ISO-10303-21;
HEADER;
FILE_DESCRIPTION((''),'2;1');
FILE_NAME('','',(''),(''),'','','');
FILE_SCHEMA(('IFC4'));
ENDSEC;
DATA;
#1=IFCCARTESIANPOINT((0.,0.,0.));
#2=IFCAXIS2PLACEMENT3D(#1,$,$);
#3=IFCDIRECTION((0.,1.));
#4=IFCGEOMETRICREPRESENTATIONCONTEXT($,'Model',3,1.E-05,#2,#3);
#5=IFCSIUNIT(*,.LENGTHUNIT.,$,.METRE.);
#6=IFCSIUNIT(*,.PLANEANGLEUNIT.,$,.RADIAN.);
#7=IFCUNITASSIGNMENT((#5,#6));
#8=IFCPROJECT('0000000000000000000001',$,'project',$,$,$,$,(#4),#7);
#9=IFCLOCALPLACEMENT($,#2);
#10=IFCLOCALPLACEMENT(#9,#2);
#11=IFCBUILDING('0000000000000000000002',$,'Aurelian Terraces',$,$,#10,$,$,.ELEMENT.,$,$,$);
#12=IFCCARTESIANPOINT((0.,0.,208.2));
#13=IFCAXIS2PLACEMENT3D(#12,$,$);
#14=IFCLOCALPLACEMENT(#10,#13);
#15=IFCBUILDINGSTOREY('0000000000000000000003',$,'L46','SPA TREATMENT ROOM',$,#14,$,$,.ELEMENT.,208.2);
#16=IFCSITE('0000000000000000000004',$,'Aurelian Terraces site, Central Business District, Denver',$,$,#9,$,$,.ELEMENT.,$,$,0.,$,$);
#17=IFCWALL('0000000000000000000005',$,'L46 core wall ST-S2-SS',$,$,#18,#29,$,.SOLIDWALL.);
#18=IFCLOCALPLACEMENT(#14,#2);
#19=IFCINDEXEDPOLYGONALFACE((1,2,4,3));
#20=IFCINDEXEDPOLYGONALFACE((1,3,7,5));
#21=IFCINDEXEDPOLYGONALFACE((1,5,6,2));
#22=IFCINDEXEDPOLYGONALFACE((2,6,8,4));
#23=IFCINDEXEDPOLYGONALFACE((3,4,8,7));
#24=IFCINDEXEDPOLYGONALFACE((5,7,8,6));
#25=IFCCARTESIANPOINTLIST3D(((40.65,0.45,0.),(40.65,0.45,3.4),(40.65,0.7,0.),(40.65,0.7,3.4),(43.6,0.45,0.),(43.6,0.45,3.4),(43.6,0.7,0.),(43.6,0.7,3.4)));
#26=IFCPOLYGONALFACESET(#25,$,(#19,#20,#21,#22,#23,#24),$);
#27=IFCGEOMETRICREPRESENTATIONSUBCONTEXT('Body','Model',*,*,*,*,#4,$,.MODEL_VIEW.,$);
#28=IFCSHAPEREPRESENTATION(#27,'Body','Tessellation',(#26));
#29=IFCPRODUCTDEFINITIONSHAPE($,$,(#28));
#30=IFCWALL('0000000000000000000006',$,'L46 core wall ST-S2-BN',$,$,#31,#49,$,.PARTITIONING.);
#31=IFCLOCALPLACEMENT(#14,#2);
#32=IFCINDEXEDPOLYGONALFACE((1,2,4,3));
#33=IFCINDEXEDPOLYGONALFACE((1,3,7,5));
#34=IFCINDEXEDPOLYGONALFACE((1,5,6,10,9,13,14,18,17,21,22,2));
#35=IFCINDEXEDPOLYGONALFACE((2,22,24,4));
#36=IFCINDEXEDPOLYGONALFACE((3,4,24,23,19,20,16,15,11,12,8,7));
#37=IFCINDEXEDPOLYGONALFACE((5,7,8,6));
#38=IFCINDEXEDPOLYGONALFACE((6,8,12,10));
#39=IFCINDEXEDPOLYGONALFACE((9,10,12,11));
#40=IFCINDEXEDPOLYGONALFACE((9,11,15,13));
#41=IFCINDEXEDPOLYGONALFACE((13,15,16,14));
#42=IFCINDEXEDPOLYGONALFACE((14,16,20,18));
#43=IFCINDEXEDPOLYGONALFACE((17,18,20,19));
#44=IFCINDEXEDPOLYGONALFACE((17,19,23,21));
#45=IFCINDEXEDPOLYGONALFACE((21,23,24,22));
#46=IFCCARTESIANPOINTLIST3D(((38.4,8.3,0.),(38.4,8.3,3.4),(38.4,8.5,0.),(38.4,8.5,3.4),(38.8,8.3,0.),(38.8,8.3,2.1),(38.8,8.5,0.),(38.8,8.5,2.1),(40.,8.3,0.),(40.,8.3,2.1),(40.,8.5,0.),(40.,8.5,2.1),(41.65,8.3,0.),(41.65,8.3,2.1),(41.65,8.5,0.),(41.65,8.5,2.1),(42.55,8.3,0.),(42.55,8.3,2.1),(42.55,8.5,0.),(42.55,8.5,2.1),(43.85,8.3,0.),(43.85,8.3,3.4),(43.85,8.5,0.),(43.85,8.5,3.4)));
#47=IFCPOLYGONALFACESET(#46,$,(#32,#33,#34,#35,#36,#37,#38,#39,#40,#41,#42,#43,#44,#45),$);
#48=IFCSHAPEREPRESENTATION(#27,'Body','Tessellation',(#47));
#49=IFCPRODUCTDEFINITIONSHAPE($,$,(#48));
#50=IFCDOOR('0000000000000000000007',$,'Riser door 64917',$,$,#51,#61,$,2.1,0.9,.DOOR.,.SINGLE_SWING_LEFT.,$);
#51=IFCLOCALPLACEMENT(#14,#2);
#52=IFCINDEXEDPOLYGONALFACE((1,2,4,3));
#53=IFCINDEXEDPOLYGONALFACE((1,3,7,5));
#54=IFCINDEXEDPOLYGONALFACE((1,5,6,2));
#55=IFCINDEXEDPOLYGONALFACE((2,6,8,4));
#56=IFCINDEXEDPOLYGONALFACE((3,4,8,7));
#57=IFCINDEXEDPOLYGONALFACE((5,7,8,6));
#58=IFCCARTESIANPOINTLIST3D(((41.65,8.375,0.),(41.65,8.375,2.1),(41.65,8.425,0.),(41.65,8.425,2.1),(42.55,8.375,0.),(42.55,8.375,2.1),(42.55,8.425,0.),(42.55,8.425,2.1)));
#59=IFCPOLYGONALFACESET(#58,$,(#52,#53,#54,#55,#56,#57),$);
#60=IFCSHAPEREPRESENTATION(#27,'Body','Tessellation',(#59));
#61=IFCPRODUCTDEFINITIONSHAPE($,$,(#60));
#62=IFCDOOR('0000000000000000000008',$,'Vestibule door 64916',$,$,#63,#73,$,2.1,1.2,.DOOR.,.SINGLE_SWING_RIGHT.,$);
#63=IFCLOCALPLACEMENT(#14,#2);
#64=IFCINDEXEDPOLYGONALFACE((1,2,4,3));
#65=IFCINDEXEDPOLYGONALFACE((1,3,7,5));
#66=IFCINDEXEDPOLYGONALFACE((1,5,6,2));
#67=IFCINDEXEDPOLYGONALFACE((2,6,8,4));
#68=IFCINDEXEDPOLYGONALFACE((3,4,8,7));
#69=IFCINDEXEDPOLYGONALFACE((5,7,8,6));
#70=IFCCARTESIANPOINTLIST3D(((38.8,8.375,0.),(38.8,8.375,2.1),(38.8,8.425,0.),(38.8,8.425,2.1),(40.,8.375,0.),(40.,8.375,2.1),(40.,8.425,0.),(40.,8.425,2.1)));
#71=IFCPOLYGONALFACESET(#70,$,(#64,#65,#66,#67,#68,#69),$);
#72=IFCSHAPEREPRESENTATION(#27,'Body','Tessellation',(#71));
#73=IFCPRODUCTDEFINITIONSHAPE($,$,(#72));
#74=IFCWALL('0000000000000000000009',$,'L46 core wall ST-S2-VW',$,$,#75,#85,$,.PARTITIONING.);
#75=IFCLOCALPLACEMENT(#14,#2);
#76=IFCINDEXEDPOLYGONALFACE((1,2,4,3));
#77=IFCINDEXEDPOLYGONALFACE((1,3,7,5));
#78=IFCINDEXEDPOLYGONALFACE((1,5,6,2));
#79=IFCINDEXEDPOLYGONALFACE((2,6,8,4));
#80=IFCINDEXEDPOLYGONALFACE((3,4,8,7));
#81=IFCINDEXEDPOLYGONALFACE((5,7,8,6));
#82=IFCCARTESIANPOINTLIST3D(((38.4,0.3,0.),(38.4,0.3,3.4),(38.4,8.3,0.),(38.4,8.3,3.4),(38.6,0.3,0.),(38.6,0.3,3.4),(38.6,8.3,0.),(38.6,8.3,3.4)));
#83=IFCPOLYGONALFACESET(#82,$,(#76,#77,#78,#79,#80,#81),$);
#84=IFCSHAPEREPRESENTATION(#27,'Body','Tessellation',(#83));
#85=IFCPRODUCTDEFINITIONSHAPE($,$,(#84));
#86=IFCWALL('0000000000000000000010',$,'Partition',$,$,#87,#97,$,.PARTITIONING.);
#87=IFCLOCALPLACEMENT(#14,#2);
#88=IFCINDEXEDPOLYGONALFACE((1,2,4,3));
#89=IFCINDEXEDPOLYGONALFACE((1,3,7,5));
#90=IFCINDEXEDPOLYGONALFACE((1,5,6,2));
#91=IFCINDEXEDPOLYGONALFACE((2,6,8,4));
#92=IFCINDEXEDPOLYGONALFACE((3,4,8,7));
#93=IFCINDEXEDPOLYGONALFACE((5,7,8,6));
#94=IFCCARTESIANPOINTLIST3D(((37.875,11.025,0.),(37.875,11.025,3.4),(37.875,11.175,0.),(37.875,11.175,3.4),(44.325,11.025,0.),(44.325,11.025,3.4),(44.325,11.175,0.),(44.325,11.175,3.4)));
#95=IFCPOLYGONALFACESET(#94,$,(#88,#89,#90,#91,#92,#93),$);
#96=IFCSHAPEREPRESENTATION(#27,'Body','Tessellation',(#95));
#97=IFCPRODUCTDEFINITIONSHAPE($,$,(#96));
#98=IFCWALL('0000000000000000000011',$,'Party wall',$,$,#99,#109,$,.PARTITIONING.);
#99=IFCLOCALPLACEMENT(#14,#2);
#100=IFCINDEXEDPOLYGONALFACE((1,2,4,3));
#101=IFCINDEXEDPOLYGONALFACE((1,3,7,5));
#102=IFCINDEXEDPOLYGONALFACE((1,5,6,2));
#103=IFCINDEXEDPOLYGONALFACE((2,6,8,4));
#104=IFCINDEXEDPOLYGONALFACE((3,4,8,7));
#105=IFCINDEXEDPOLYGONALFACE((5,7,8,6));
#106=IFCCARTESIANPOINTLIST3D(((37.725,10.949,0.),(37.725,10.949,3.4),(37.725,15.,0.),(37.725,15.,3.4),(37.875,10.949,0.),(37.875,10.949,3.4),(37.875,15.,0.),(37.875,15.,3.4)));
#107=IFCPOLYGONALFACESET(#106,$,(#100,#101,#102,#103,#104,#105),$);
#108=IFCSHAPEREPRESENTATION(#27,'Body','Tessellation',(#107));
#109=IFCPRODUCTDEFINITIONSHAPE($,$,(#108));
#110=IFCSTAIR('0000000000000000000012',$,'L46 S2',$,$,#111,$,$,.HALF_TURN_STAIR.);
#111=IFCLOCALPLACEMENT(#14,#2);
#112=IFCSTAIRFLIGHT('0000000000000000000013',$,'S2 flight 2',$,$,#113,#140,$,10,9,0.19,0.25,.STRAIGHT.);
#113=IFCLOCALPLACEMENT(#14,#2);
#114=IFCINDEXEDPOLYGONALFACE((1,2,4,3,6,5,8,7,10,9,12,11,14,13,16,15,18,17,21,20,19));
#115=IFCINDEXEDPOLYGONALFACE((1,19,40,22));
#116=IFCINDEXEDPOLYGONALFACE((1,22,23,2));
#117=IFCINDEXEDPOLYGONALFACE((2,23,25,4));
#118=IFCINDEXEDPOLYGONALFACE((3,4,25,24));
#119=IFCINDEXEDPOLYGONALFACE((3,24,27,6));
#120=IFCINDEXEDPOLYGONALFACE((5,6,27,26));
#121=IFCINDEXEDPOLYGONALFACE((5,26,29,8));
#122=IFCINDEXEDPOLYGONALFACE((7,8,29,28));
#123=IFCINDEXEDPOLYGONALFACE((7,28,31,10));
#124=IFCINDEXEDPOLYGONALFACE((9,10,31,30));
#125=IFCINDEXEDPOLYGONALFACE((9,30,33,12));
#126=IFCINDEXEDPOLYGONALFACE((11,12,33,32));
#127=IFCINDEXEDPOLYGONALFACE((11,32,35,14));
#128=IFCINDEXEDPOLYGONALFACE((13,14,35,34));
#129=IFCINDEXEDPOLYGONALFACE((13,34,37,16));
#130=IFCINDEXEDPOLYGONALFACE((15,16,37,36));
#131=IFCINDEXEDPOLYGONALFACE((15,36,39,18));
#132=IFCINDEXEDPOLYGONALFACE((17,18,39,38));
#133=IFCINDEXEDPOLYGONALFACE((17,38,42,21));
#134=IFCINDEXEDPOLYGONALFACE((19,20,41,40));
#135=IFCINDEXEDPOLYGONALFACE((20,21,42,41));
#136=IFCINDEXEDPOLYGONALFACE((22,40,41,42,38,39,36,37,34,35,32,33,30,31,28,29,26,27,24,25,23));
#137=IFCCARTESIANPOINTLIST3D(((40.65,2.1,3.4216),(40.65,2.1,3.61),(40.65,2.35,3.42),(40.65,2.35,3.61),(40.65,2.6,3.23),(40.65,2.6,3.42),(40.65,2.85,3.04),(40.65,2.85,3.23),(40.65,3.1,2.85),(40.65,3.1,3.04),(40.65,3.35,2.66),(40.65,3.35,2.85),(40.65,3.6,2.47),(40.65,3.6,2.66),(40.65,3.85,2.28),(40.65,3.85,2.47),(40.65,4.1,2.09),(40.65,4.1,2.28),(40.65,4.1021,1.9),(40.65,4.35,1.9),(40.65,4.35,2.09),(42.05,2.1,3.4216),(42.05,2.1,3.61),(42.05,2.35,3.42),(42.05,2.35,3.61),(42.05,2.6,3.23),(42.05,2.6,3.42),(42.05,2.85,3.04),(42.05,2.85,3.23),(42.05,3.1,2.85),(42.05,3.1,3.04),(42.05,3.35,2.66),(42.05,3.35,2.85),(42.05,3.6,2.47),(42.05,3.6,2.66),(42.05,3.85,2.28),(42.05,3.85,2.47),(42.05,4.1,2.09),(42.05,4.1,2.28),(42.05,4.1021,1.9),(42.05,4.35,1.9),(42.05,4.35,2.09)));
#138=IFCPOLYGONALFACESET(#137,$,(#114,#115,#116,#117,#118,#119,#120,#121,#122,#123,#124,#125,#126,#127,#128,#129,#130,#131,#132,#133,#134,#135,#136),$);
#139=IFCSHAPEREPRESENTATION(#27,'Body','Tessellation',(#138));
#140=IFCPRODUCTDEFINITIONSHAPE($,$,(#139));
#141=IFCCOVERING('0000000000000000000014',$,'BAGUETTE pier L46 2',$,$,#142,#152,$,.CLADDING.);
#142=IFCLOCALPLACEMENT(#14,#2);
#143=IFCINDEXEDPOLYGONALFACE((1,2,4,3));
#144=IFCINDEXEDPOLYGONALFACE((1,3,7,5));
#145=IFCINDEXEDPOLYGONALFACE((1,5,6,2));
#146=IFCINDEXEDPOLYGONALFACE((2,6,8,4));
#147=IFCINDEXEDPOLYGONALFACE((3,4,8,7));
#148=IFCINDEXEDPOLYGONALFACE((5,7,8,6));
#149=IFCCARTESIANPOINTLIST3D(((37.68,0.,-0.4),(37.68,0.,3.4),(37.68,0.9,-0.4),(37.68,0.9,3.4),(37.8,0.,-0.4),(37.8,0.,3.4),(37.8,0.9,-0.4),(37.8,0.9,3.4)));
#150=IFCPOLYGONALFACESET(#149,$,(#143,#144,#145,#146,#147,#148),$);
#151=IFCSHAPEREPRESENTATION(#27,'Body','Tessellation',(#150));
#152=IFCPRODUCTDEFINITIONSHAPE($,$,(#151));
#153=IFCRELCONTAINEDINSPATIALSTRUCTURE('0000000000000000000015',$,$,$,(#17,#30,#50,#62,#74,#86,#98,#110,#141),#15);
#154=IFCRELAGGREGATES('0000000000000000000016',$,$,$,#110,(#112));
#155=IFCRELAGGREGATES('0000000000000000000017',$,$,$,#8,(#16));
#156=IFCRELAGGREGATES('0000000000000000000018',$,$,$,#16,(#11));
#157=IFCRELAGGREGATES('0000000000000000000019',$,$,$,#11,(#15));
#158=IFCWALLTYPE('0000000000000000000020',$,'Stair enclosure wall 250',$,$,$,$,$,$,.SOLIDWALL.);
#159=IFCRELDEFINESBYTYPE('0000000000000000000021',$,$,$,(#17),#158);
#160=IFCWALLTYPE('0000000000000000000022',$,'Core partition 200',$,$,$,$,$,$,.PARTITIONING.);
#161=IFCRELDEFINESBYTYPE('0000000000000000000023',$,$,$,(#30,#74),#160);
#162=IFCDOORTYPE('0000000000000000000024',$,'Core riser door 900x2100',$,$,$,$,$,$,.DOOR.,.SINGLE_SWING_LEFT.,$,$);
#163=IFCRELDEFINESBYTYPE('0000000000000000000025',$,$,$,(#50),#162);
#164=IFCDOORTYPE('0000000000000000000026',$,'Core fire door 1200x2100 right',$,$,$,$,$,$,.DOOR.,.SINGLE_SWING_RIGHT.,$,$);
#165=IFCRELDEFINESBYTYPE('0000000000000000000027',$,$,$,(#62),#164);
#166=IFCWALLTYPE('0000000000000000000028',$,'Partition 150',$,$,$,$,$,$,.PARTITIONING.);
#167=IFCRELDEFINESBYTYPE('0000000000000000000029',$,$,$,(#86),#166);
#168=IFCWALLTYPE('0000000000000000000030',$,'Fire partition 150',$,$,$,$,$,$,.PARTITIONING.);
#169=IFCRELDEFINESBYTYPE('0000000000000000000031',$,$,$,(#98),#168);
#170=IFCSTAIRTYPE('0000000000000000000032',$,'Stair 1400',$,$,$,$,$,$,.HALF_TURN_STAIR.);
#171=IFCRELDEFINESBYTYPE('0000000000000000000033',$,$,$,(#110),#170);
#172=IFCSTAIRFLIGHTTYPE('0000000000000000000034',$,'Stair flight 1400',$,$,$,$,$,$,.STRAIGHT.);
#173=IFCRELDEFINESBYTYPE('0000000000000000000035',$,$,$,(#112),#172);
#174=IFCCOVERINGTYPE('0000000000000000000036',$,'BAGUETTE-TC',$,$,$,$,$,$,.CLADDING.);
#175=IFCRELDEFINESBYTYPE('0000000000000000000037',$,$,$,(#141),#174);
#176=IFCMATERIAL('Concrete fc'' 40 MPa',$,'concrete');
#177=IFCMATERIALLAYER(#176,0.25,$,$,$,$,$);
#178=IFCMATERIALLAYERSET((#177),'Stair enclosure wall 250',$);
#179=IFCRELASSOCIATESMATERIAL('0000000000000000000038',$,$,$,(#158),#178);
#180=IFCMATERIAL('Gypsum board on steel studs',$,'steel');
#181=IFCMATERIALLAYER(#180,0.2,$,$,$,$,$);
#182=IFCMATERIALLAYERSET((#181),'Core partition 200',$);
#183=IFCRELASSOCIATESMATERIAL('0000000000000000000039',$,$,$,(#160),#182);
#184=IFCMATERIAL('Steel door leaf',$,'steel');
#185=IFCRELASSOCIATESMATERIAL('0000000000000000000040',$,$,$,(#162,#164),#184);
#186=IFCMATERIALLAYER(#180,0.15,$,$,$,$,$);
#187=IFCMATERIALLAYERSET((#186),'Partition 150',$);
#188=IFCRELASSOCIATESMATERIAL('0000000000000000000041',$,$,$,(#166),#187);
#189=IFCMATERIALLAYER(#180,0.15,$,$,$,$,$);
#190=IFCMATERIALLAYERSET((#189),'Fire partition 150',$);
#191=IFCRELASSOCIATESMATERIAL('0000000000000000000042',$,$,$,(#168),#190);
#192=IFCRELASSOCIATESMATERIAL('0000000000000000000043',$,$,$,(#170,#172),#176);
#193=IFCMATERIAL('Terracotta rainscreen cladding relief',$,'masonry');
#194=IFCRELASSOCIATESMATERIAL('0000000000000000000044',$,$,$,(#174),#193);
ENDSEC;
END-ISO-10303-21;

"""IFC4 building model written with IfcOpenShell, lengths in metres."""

from ifc_helpers import new_model, si_unit, direction, frame, frame_2d, origin, origin_2d, place, context, subcontext, project, spatial, polyline, rectangle, outline, extrude, source, transform, mapped, material, layer, layer_set, type_object, element, fill, aggregate, save


model = new_model("IFC4")

# Units and contexts
model_context = context("Model", 3, precision=1e-05, world=origin(), true_north=direction((0.0, 1.0)))
body_context = subcontext(model_context, "Body", "Model", "MODEL_VIEW")
ifc_project = project(units=[si_unit("LENGTHUNIT", "METRE"), si_unit("PLANEANGLEUNIT", "RADIAN")], contexts=[model_context])

# Site, building, storey
site_placement = place(None, origin())
site = spatial("IfcSite", under=ifc_project, at=site_placement, Name="Aurelian Terraces site, Central Business District, Denver", CompositionType="ELEMENT", RefElevation=0.0)
building_placement = place(site_placement, origin())
building = spatial("IfcBuilding", under=site, at=building_placement, Name="Aurelian Terraces", CompositionType="ELEMENT")
storey_placement = place(building_placement, frame((0.0, 0.0, 208.2)))
storey = spatial("IfcBuildingStorey", under=building, at=storey_placement, Name="L46", Description="SPA TREATMENT ROOM", CompositionType="ELEMENT", Elevation=208.2)

# Shared definitions
ifc_material_1 = material(Name="Concrete fc' 40 MPa", Category="concrete")

# Shared definitions
ifc_layer_1 = layer(ifc_material_1, 0.25)
ifc_layer_set_1 = layer_set([ifc_layer_1], Name="Stair enclosure wall 250")
wall_type_1 = type_object("IfcWallType", Name="Stair enclosure wall 250", PredefinedType="SOLIDWALL", material=ifc_layer_set_1)
ifc_material_2 = material(Name="Steel door leaf", Category="steel")

# Wall
shared_shape_1 = source(origin(), body_context, "Body", "SweptSolid", [
    extrude(rectangle(XDim=2.95, YDim=0.25, at=frame_2d((1.475, 0.0))), origin(), (0.0, 0.0, 1.0), 3.4),
])
wall_1_placement = place(storey_placement, frame((40.65, 0.575, 0.0), z_axis=(0.0, 0.0, 1.0), x_axis=(1.0, 0.0, 0.0)))
element("IfcWall", 1, at=wall_1_placement, inside=storey, type_object=wall_type_1, Name="L46 core wall ST-S2-SS", PredefinedType="SOLIDWALL", context=body_context, shape_type="MappedRepresentation", body=[
    mapped(shared_shape_1, transform((0.0, 0.0, 0.0), scale=1.0)),
])

# Wall, openings, doors
ifc_material_3 = material(Name="Gypsum board on steel studs", Category="steel")
ifc_layer_2 = layer(ifc_material_3, 0.2)
ifc_layer_set_2 = layer_set([ifc_layer_2], Name="Core partition 200")
wall_type_2 = type_object("IfcWallType", Name="Core partition 200", PredefinedType="PARTITIONING", material=ifc_layer_set_2)
shared_shape_2 = source(origin(), body_context, "Body", "SweptSolid", [
    extrude(rectangle(XDim=5.45, YDim=0.2, at=frame_2d((2.725, 0.0))), origin(), (0.0, 0.0, 1.0), 3.4),
])
wall_2_placement = place(storey_placement, frame((38.4, 8.4, 0.0), z_axis=(0.0, 0.0, 1.0), x_axis=(1.0, 0.0, 0.0)))
wall_2 = element("IfcWall", 2, at=wall_2_placement, inside=storey, type_object=wall_type_2, Name="L46 core wall ST-S2-BN", PredefinedType="PARTITIONING", context=body_context, shape_type="MappedRepresentation", body=[
    mapped(shared_shape_2, transform((0.0, 0.0, 0.0), scale=1.0)),
])
shared_shape_3 = source(origin(), body_context, "Body", "SweptSolid", [
    extrude(rectangle(XDim=1.2, YDim=2.1, at=frame_2d((0.6, 1.05))), frame((0.0, 0.11, 0.0), z_axis=(0.0, -1.0, 0.0), x_axis=(1.0, 0.0, 0.0)), (0.0, 0.0, 1.0), 0.22),
])
opening_1_placement = place(wall_2_placement, frame((0.4, 0.0, 0.0)))
opening_1 = element("IfcOpeningElement", 3, at=opening_1_placement, cuts=wall_2, PredefinedType="OPENING", context=body_context, shape_type="MappedRepresentation", body=[
    mapped(shared_shape_3, transform((0.0, 0.0, 0.0), scale=1.0)),
])
shared_shape_4 = source(origin(), body_context, "Body", "SweptSolid", [
    extrude(rectangle(XDim=0.9, YDim=2.1, at=frame_2d((0.45, 1.05))), frame((0.0, 0.11, 0.0), z_axis=(0.0, -1.0, 0.0), x_axis=(1.0, 0.0, 0.0)), (0.0, 0.0, 1.0), 0.22),
])
opening_2_placement = place(wall_2_placement, frame((3.25, 0.0, 0.0)))
opening_2 = element("IfcOpeningElement", 4, at=opening_2_placement, cuts=wall_2, PredefinedType="OPENING", context=body_context, shape_type="MappedRepresentation", body=[
    mapped(shared_shape_4, transform((0.0, 0.0, 0.0), scale=1.0)),
])
door_type_1 = type_object("IfcDoorType", Name="Core riser door 900x2100", OperationType="SINGLE_SWING_LEFT", PredefinedType="DOOR", material=ifc_material_2)
shared_shape_5 = source(origin(), body_context, "Body", "SweptSolid", [
    extrude(rectangle(XDim=0.9, YDim=2.1, at=frame_2d((0.45, 1.05))), frame((0.0, 0.025, 0.0), z_axis=(0.0, -1.0, 0.0), x_axis=(1.0, 0.0, 0.0)), (0.0, 0.0, 1.0), 0.05),
])
door_1_placement = place(opening_2_placement, origin())
door_1 = element("IfcDoor", 5, at=door_1_placement, inside=storey, type_object=door_type_1, Name="Riser door 64917", OperationType="SINGLE_SWING_LEFT", OverallHeight=2.1, OverallWidth=0.9, PredefinedType="DOOR", context=body_context, shape_type="MappedRepresentation", body=[
    mapped(shared_shape_5, transform((0.0, 0.0, 0.0), scale=1.0)),
])
fill(opening_2, door_1)
door_type_2 = type_object("IfcDoorType", Name="Core fire door 1200x2100 right", OperationType="SINGLE_SWING_RIGHT", PredefinedType="DOOR", material=ifc_material_2)
shared_shape_6 = source(origin(), body_context, "Body", "SweptSolid", [
    extrude(rectangle(XDim=1.2, YDim=2.1, at=frame_2d((0.6, 1.05))), frame((0.0, 0.025, 0.0), z_axis=(0.0, -1.0, 0.0), x_axis=(1.0, 0.0, 0.0)), (0.0, 0.0, 1.0), 0.05),
])
door_2_placement = place(opening_1_placement, origin())
door_2 = element("IfcDoor", 6, at=door_2_placement, inside=storey, type_object=door_type_2, Name="Vestibule door 64916", OperationType="SINGLE_SWING_RIGHT", OverallHeight=2.1, OverallWidth=1.2, PredefinedType="DOOR", context=body_context, shape_type="MappedRepresentation", body=[
    mapped(shared_shape_6, transform((0.0, 0.0, 0.0), scale=1.0)),
])
fill(opening_1, door_2)

# Walls
shared_shape_7 = source(origin(), body_context, "Body", "SweptSolid", [
    extrude(rectangle(XDim=8.0, YDim=0.2, at=frame_2d((4.0, 0.0))), origin(), (0.0, 0.0, 1.0), 3.4),
])
wall_3_placement = place(storey_placement, frame((38.5, 0.3, 0.0), z_axis=(0.0, 0.0, 1.0), x_axis=(0.0, 1.0, 0.0)))
element("IfcWall", 7, at=wall_3_placement, inside=storey, type_object=wall_type_2, Name="L46 core wall ST-S2-VW", PredefinedType="PARTITIONING", context=body_context, shape_type="MappedRepresentation", body=[
    mapped(shared_shape_7, transform((0.0, 0.0, 0.0), scale=1.0)),
])
ifc_layer_3 = layer(ifc_material_3, 0.15)
ifc_layer_set_3 = layer_set([ifc_layer_3], Name="Partition 150")
wall_type_3 = type_object("IfcWallType", Name="Partition 150", PredefinedType="PARTITIONING", material=ifc_layer_set_3)
shared_shape_8 = source(origin(), body_context, "Body", "SweptSolid", [
    extrude(rectangle(XDim=6.45, YDim=0.15, at=frame_2d((3.225, 0.0))), origin(), (0.0, 0.0, 1.0), 3.4),
])
wall_4_placement = place(storey_placement, frame((37.875, 11.1, 0.0), z_axis=(0.0, 0.0, 1.0), x_axis=(1.0, 0.0, 0.0)))
element("IfcWall", 8, at=wall_4_placement, inside=storey, type_object=wall_type_3, Name="Partition", PredefinedType="PARTITIONING", context=body_context, shape_type="MappedRepresentation", body=[
    mapped(shared_shape_8, transform((0.0, 0.0, 0.0), scale=1.0)),
])
ifc_layer_4 = layer(ifc_material_3, 0.15)
ifc_layer_set_4 = layer_set([ifc_layer_4], Name="Fire partition 150")
wall_type_4 = type_object("IfcWallType", Name="Fire partition 150", PredefinedType="PARTITIONING", material=ifc_layer_set_4)
shared_shape_9 = source(origin(), body_context, "Body", "SweptSolid", [
    extrude(rectangle(XDim=4.051, YDim=0.15, at=frame_2d((2.0255, 0.0))), origin(), (0.0, 0.0, 1.0), 3.4),
])
wall_5_placement = place(storey_placement, frame((37.8, 10.949, 0.0), z_axis=(0.0, 0.0, 1.0), x_axis=(0.0, 1.0, 0.0)))
element("IfcWall", 9, at=wall_5_placement, inside=storey, type_object=wall_type_4, Name="Party wall", PredefinedType="PARTITIONING", context=body_context, shape_type="MappedRepresentation", body=[
    mapped(shared_shape_9, transform((0.0, 0.0, 0.0), scale=1.0)),
])

# Stair, stair flight
stair_type = type_object("IfcStairType", Name="Stair 1400", PredefinedType="HALF_TURN_STAIR", material=ifc_material_1)
stair_placement = place(storey_placement, origin())
stair = element("IfcStair", 10, at=stair_placement, inside=storey, type_object=stair_type, Name="L46 S2", PredefinedType="HALF_TURN_STAIR")
stair_flight_type = type_object("IfcStairFlightType", Name="Stair flight 1400", PredefinedType="STRAIGHT", material=ifc_material_1)
shared_shape_10 = source(origin(), body_context, "Body", "SweptSolid", [
    extrude(outline(polyline([(0.0, 0.0), (0.0, 0.19), (0.25, 0.19), (0.25, 0.38), (0.5, 0.38), (0.5, 0.57), (0.75, 0.57), (0.75, 0.76), (1.0, 0.76), (1.0, 0.95), (1.25, 0.95), (1.25, 1.14), (1.5, 1.14), (1.5, 1.33), (1.75, 1.33), (1.75, 1.52), (2.0, 1.52), (2.0, 1.71), (2.25, 1.71), (2.25, 1.9), (2.25, 1.5216), (0.2479, 0.0), (0.0, 0.0)])), frame((0.0, 0.7, 0.0), z_axis=(0.0, -1.0, 0.0), x_axis=(1.0, 0.0, 0.0)), (0.0, 0.0, 1.0), 1.4),
])
stair_flight_placement = place(storey_placement, frame((41.35, 4.35, 1.9), z_axis=(0.0, 0.0, 1.0), x_axis=(0.0, -1.0, 0.0)))
stair_flight = element("IfcStairFlight", 11, at=stair_flight_placement, type_object=stair_flight_type, Name="S2 flight 2", NumberOfRisers=10, NumberOfTreads=9, PredefinedType="STRAIGHT", RiserHeight=0.19, TreadLength=0.25, context=body_context, shape_type="MappedRepresentation", body=[
    mapped(shared_shape_10, transform((0.0, 0.0, 0.0), scale=1.0)),
])
aggregate(stair, [stair_flight])

# Covering
ifc_material_4 = material(Name="Terracotta rainscreen cladding relief", Category="masonry")
covering_type = type_object("IfcCoveringType", Name="BAGUETTE-TC", PredefinedType="CLADDING", material=ifc_material_4)
shared_shape_11 = source(origin(), body_context, "Body", "SweptSolid", [
    extrude(rectangle(XDim=0.12, YDim=0.9, at=origin_2d()), origin(), (0.0, 0.0, 1.0), 3.8),
])
covering_placement = place(storey_placement, frame((37.74, 0.45, -0.4), z_axis=(0.0, 0.0, 1.0), x_axis=(1.0, 0.0, 0.0)))
element("IfcCovering", 12, at=covering_placement, inside=storey, type_object=covering_type, Name="BAGUETTE pier L46 2", PredefinedType="CLADDING", context=body_context, shape_type="MappedRepresentation", body=[
    mapped(shared_shape_11, transform((0.0, 0.0, 0.0), scale=1.0)),
])

save(model, "model.ifc")
